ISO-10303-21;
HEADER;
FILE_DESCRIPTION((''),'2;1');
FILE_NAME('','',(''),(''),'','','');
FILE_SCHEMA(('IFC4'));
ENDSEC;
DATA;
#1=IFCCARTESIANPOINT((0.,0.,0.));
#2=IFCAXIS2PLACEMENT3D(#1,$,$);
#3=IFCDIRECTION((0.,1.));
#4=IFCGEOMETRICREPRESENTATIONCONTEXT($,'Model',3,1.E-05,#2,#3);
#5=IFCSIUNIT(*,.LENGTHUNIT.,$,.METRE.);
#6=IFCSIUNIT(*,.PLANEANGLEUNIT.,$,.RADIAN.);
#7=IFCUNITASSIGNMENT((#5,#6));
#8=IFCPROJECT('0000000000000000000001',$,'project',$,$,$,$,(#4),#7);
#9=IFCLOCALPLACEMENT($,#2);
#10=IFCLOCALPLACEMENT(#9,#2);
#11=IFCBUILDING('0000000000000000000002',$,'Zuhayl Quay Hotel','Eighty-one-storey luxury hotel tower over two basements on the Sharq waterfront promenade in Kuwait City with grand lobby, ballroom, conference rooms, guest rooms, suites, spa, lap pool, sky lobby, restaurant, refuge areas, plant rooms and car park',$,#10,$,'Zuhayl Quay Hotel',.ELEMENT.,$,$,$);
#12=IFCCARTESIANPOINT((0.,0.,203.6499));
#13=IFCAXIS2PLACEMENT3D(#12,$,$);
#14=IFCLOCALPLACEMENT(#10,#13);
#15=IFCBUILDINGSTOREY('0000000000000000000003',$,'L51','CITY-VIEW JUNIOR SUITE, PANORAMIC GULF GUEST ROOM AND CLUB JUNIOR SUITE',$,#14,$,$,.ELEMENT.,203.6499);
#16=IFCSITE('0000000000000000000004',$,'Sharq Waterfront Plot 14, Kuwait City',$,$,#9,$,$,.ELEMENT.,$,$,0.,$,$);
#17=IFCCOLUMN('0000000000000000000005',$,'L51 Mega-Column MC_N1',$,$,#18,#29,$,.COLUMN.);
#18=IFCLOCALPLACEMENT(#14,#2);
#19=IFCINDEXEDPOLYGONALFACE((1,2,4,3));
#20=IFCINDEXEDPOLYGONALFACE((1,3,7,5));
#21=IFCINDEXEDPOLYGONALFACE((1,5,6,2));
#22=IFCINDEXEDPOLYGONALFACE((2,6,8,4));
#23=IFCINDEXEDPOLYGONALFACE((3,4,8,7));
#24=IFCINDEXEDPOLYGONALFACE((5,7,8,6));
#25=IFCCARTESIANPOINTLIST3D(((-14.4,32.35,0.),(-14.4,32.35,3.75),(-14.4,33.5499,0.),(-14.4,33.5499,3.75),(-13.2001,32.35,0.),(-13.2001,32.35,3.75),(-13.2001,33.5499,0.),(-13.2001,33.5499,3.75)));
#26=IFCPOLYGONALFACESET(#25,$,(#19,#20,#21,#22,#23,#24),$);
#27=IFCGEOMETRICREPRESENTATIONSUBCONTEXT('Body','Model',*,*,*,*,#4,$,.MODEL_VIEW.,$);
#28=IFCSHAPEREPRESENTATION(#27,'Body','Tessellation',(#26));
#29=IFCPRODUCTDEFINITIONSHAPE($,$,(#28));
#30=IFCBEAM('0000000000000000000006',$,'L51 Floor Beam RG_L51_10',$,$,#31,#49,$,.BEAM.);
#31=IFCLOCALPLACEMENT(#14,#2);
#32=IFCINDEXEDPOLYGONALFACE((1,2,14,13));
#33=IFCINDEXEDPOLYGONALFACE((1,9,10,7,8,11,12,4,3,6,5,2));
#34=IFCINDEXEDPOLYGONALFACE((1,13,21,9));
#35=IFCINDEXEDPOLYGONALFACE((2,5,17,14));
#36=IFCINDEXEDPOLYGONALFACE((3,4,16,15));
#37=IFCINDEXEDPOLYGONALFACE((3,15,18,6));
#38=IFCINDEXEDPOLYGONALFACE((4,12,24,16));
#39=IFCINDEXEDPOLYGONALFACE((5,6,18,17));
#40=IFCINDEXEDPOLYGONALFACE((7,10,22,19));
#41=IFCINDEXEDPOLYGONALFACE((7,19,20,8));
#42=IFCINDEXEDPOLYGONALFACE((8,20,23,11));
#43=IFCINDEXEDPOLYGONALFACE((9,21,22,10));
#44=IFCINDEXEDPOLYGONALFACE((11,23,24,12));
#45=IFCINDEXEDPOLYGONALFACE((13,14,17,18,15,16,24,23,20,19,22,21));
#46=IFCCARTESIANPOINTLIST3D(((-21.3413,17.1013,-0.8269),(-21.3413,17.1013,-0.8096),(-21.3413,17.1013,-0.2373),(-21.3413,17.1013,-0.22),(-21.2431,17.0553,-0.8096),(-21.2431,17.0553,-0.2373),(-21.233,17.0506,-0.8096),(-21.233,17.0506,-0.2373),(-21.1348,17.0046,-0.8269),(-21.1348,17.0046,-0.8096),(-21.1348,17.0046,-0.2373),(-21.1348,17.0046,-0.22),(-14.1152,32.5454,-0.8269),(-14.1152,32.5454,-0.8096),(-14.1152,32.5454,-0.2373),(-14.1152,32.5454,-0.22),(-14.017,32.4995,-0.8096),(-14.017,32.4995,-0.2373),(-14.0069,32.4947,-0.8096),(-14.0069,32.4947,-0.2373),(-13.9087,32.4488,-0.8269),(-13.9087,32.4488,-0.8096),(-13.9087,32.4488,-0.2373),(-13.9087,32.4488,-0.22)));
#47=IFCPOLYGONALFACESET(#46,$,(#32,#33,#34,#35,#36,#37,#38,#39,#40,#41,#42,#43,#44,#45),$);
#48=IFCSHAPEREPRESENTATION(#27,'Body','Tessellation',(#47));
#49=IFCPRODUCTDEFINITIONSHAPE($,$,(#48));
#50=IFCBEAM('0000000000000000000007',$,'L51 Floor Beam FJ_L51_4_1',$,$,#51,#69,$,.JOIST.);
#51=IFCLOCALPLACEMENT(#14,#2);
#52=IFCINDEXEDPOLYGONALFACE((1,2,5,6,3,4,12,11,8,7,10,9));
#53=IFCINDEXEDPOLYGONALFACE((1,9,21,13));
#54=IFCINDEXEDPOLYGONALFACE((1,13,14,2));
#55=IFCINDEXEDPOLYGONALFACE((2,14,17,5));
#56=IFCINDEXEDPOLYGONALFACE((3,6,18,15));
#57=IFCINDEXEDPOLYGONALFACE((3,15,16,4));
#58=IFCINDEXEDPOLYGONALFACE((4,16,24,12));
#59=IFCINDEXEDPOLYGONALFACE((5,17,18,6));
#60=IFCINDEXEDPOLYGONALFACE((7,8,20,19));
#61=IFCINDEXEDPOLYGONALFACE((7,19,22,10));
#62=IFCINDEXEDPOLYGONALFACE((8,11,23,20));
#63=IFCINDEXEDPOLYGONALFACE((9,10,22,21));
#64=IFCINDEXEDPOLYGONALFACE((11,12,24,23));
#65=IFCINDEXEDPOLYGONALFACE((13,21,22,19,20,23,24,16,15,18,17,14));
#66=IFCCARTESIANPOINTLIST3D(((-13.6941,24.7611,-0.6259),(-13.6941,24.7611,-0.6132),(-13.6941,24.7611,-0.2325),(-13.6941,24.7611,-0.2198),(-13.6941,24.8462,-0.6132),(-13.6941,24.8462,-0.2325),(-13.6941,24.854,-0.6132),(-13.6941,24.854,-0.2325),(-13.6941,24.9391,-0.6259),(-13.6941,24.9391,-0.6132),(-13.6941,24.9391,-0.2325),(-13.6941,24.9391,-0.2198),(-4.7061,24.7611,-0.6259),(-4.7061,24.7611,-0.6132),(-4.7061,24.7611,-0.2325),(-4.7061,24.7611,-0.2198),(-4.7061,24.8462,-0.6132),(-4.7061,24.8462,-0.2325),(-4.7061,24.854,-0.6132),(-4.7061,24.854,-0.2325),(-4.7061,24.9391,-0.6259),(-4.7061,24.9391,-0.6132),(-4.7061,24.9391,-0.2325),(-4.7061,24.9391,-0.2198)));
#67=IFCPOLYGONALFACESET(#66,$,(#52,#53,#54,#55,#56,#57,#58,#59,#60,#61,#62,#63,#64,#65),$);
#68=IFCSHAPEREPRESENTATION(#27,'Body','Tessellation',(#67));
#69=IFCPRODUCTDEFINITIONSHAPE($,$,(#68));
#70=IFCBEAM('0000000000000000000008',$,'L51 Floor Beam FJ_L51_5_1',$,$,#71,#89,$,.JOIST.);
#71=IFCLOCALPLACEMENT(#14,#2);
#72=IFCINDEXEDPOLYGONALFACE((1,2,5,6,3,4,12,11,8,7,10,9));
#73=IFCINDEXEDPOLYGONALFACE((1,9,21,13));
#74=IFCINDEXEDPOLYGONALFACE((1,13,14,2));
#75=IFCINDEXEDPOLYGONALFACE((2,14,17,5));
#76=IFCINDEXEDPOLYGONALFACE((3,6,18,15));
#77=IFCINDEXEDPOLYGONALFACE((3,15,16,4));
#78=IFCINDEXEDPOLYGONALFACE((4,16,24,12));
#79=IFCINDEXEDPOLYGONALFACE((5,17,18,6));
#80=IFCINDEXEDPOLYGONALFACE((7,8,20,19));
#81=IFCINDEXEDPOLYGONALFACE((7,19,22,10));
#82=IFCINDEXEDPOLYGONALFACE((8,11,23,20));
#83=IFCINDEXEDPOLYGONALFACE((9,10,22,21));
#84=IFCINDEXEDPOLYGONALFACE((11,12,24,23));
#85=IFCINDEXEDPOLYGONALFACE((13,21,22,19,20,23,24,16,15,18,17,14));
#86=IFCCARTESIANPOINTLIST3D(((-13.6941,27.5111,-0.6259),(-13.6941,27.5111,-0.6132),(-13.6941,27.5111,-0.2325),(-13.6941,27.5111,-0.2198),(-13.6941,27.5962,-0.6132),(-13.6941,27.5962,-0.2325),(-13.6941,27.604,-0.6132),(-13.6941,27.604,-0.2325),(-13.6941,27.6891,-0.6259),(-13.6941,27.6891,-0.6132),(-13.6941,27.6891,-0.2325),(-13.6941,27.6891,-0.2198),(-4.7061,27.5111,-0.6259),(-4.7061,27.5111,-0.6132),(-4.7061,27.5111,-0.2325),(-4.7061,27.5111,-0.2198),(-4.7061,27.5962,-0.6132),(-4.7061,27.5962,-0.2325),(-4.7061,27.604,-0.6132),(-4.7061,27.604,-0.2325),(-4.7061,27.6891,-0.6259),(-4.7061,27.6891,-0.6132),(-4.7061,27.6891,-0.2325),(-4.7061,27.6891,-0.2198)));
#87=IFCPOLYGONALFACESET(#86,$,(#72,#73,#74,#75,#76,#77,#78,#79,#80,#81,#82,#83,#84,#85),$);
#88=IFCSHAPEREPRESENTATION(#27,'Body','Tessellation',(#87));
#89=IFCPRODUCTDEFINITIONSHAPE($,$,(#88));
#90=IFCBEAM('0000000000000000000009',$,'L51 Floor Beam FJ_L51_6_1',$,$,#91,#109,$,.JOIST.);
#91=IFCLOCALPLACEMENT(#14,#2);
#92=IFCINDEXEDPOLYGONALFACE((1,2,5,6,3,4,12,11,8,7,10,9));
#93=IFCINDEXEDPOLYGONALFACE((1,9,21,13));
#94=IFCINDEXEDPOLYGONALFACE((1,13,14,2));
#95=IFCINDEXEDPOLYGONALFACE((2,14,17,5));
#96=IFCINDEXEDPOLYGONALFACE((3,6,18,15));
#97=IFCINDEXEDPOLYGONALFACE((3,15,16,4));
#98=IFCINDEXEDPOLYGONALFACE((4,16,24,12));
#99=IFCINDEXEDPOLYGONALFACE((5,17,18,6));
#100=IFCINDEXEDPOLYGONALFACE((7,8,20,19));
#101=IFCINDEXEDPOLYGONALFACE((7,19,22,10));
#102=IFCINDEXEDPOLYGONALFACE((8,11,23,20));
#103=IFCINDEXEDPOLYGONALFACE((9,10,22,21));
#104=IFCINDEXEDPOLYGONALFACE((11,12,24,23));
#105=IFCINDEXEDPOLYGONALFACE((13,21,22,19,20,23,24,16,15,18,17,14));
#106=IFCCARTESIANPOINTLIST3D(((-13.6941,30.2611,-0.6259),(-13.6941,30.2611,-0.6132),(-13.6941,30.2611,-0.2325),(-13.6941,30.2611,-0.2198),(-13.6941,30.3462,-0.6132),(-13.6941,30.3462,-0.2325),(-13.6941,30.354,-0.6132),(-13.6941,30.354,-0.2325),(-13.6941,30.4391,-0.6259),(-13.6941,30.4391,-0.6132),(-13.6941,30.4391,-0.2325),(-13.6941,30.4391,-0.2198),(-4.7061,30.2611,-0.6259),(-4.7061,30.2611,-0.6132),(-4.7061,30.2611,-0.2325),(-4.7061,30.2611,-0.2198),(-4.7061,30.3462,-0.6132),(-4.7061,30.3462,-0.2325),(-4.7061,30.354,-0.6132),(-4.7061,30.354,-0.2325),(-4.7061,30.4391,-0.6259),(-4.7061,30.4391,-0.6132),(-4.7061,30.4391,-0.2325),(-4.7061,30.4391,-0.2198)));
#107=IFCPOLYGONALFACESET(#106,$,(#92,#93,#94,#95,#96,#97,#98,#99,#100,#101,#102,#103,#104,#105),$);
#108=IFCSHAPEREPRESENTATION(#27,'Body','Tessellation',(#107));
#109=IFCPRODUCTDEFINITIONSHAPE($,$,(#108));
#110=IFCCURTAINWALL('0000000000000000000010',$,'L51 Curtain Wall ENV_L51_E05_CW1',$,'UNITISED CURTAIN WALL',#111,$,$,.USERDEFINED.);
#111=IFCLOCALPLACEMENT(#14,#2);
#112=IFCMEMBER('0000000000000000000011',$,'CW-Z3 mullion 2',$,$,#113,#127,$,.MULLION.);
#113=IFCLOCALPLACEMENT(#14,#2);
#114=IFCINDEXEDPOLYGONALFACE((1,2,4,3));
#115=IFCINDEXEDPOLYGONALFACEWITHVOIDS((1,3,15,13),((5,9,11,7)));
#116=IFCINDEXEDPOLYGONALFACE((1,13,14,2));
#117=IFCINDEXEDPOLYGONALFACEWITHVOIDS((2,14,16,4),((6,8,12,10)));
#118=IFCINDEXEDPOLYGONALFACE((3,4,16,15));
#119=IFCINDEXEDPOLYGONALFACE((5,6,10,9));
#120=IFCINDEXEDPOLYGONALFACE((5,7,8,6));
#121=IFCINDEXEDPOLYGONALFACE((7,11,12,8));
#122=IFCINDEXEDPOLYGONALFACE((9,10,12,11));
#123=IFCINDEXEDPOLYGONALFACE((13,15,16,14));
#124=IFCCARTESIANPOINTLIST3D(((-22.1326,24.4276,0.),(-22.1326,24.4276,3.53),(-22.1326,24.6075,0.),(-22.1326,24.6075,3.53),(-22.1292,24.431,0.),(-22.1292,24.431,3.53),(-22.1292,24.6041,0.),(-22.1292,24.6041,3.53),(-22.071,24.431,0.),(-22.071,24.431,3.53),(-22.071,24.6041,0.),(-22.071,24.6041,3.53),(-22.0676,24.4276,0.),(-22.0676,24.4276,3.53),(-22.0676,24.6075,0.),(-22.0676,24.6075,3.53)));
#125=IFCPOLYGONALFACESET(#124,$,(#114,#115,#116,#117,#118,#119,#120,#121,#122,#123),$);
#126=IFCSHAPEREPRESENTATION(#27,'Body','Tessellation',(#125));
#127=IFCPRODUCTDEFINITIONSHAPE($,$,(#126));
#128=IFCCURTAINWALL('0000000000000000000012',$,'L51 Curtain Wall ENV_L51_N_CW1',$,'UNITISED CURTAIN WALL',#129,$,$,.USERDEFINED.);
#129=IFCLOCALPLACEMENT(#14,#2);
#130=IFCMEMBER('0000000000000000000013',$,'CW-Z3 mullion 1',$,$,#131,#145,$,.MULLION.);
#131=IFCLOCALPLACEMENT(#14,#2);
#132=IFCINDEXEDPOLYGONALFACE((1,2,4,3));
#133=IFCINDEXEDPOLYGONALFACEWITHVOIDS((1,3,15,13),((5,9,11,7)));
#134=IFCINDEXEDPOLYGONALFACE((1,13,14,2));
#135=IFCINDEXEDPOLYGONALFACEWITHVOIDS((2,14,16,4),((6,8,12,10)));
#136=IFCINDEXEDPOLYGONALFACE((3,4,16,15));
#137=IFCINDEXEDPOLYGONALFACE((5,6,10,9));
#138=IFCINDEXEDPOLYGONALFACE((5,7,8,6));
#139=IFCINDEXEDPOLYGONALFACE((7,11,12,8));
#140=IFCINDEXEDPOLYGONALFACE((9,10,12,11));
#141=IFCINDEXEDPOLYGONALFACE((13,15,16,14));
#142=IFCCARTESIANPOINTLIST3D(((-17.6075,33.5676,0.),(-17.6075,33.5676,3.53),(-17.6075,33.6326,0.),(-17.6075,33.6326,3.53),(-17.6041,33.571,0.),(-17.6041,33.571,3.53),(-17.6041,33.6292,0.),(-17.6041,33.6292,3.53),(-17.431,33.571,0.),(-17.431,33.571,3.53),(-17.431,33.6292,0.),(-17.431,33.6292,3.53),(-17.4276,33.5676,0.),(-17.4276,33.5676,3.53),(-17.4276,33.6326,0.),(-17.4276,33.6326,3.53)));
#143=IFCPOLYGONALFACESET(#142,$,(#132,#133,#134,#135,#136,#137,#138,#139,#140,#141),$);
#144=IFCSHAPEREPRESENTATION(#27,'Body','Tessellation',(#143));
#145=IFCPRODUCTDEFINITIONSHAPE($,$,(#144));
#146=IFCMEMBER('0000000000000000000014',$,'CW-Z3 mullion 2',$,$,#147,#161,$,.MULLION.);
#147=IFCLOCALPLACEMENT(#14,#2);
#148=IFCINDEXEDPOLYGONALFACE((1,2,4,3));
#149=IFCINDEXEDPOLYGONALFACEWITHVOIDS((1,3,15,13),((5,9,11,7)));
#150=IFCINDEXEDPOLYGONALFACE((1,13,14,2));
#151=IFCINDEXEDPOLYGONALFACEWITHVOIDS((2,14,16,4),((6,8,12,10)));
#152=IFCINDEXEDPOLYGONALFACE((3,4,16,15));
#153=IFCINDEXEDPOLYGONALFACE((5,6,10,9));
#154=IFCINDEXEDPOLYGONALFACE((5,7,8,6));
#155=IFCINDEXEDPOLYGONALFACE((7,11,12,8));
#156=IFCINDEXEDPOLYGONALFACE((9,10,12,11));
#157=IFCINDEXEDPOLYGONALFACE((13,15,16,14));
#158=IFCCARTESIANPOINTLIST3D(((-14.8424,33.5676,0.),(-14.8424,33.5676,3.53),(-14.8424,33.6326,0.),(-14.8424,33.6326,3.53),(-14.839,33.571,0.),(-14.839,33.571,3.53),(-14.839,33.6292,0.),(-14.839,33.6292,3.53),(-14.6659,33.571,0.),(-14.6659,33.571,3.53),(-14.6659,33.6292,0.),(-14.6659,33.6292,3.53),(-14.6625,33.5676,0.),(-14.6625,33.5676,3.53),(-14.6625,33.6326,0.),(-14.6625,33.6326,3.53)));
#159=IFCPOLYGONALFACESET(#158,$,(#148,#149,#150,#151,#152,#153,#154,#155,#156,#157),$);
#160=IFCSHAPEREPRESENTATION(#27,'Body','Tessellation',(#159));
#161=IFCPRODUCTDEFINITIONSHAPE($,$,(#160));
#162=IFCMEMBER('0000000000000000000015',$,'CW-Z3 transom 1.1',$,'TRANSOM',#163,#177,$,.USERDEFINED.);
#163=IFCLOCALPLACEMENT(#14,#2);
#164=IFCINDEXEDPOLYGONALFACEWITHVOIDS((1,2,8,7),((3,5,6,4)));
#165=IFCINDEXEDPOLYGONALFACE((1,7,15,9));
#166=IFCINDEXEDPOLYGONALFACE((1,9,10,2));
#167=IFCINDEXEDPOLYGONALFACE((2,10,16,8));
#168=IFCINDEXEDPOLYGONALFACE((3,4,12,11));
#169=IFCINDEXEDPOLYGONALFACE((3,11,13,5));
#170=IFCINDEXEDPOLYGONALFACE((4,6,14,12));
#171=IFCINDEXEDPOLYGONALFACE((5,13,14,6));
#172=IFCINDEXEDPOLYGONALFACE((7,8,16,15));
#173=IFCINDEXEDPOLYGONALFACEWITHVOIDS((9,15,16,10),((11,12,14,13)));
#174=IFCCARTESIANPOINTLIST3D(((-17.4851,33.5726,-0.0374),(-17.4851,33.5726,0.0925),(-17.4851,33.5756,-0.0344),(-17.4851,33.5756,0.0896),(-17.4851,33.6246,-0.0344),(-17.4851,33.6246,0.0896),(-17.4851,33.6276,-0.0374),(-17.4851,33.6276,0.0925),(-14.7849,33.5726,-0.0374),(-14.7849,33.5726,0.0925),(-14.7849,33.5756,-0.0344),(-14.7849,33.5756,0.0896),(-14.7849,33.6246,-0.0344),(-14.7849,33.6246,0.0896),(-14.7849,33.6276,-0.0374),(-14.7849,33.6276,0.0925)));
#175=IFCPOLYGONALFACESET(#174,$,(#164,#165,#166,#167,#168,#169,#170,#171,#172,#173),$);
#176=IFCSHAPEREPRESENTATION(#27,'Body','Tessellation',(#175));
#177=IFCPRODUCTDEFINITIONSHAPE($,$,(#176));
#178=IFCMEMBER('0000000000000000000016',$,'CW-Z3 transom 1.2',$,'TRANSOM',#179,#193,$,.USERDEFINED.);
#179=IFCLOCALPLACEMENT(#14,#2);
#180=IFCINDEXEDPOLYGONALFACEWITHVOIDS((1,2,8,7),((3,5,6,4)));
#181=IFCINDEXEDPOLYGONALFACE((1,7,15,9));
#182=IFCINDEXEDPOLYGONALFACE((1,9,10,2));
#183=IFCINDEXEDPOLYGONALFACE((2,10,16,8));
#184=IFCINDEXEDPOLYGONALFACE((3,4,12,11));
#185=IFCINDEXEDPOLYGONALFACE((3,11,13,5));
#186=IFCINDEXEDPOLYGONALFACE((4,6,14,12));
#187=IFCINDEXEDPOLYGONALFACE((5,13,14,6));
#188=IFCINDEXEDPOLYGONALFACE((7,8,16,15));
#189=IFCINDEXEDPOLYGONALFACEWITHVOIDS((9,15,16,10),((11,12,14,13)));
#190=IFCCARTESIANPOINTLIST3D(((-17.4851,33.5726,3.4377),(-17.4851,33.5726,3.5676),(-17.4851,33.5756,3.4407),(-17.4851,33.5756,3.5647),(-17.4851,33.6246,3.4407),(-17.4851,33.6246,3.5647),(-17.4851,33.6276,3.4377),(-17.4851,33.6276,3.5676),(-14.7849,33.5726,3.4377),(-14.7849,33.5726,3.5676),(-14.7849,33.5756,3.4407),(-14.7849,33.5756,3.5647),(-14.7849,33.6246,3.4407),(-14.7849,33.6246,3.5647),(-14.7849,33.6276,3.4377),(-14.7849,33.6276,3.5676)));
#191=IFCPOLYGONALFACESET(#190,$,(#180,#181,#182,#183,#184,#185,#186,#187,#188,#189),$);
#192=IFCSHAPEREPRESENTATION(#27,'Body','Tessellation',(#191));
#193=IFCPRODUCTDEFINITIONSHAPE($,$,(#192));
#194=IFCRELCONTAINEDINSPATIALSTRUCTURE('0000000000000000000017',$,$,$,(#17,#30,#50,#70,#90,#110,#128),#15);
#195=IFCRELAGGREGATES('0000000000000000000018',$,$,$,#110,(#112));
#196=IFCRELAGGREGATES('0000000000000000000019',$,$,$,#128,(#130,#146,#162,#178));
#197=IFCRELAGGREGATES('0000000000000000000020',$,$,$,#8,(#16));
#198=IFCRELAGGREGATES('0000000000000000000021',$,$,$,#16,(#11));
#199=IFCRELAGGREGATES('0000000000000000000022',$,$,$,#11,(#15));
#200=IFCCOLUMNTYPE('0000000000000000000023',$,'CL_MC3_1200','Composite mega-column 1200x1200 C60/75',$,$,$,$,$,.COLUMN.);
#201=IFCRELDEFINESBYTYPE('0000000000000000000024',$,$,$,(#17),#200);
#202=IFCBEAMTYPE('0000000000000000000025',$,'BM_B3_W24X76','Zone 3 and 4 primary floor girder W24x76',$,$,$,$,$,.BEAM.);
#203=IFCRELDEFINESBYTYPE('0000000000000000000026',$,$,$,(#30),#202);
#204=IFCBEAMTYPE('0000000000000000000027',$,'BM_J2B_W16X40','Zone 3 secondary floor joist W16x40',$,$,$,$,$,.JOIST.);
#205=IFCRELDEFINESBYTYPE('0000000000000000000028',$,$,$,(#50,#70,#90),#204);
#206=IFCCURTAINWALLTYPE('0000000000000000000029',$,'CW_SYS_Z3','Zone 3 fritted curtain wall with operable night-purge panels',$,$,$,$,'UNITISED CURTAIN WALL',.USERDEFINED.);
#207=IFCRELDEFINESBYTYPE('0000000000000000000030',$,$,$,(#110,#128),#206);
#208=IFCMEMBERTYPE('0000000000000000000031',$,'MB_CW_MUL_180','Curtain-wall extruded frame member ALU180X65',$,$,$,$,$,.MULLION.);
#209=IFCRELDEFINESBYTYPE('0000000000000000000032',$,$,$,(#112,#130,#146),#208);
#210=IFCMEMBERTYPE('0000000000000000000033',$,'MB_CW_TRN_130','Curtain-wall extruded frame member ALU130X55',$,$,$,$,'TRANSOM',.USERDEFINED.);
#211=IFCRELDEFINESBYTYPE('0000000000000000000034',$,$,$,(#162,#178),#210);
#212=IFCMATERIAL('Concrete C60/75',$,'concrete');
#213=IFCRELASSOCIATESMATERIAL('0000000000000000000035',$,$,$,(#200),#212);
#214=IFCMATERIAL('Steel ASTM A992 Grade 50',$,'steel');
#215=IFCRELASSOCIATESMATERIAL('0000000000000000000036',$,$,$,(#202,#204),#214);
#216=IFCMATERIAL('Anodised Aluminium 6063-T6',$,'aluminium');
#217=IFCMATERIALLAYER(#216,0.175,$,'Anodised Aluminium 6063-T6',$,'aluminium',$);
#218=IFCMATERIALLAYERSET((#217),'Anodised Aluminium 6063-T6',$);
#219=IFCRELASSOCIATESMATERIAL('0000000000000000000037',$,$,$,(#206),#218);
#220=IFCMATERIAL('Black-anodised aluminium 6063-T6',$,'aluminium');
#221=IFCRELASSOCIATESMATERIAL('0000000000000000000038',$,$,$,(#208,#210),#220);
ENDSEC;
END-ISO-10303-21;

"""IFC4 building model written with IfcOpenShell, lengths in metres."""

from ifc_helpers import new_model, si_unit, direction, frame, origin, origin_2d, place, context, subcontext, project, spatial, rectangle, hollow_rectangle, i_section, extrude, material, layer, layer_set, material_profile, profile_set, type_object, element, aggregate, save


model = new_model("IFC4")

# Units and contexts
model_context = context("Model", 3, precision=1e-05, world=origin(), true_north=direction((0.0, 1.0)))
body_context = subcontext(model_context, "Body", "Model", "MODEL_VIEW")
ifc_project = project(units=[si_unit("LENGTHUNIT", "METRE"), si_unit("PLANEANGLEUNIT", "RADIAN")], contexts=[model_context])

# Site, building, storey
site_placement = place(None, origin())
site = spatial("IfcSite", under=ifc_project, at=site_placement, Name="Sharq Waterfront Plot 14, Kuwait City", CompositionType="ELEMENT", RefElevation=0.0)
building_placement = place(site_placement, origin())
building = spatial("IfcBuilding", under=site, at=building_placement, Name="Zuhayl Quay Hotel", Description="Eighty-one-storey luxury hotel tower over two basements on the Sharq waterfront promenade in Kuwait City with grand lobby, ballroom, conference rooms, guest rooms, suites, spa, lap pool, sky lobby, restaurant, refuge areas, plant rooms and car park", LongName="Zuhayl Quay Hotel", CompositionType="ELEMENT")
storey_placement = place(building_placement, frame((0.0, 0.0, 203.6499)))
storey = spatial("IfcBuildingStorey", under=building, at=storey_placement, Name="L51", Description="CITY-VIEW JUNIOR SUITE, PANORAMIC GULF GUEST ROOM AND CLUB JUNIOR SUITE", CompositionType="ELEMENT", Elevation=203.6499)

# Column
ifc_material_1 = material(Name="Concrete C60/75", Category="concrete")
ifc_material_profile_1 = material_profile(ifc_material_1, rectangle(XDim=1.2, YDim=1.2, at=origin_2d()), Name="RC1200X1200")
ifc_profile_set_1 = profile_set([ifc_material_profile_1], Name="Concrete C60/75")
column_type = type_object("IfcColumnType", Name="CL_MC3_1200", Description="Composite mega-column 1200x1200 C60/75", PredefinedType="COLUMN", material=ifc_profile_set_1)
column_placement = place(storey_placement, frame((-13.8, 32.95, 0.0), z_axis=(0.0, 0.0, 1.0), x_axis=(1.0, 0.0, 0.0)))
element("IfcColumn", 1, at=column_placement, inside=storey, type_object=column_type, Name="L51 Mega-Column MC_N1", PredefinedType="COLUMN", context=body_context, shape_type="SweptSolid", body=[
    extrude(rectangle(XDim=1.2, YDim=1.2, at=origin_2d()), origin(), (0.0, 0.0, 1.0), 3.75),
])

# Beams
ifc_material_2 = material(Name="Steel ASTM A992 Grade 50", Category="steel")
ifc_material_profile_2 = material_profile(ifc_material_2, i_section(OverallWidth=0.228, OverallDepth=0.6069, WebThickness=0.0112, FlangeThickness=0.0173, at=origin_2d()), Name="W24X76")
ifc_profile_set_2 = profile_set([ifc_material_profile_2], Name="Steel ASTM A992 Grade 50")
beam_type_1 = type_object("IfcBeamType", Name="BM_B3_W24X76", Description="Zone 3 and 4 primary floor girder W24x76", PredefinedType="BEAM", material=ifc_profile_set_2)
beam_placement = place(storey_placement, frame((-14.012, 32.4971, -0.5234), z_axis=(-0.423792, -0.905759, 0.0), x_axis=(0.905759, -0.423792, 0.0)))
element("IfcBeam", 2, at=beam_placement, inside=storey, type_object=beam_type_1, Name="L51 Floor Beam RG_L51_10", PredefinedType="BEAM", context=body_context, shape_type="SweptSolid", body=[
    extrude(i_section(OverallWidth=0.228, OverallDepth=0.6069, WebThickness=0.0112, FlangeThickness=0.0173, at=origin_2d()), origin(), (0.0, 0.0, 1.0), 17.051),
])
ifc_material_profile_3 = material_profile(ifc_material_2, i_section(OverallWidth=0.178, OverallDepth=0.406, WebThickness=0.0078, FlangeThickness=0.0127, at=origin_2d()), Name="W16X40")
ifc_profile_set_3 = profile_set([ifc_material_profile_3], Name="Steel ASTM A992 Grade 50")
beam_type_2 = type_object("IfcBeamType", Name="BM_J2B_W16X40", Description="Zone 3 secondary floor joist W16x40", PredefinedType="JOIST", material=ifc_profile_set_3)
for number, where, z_axis, x_axis, name in (
    (3, (-13.6941, 24.8501, -0.4229), (1.0, 0.0, 0.0), (0.0, 1.0, 0.0), "L51 Floor Beam FJ_L51_4_1"),
    (4, (-13.6941, 27.6001, -0.4229), (1.0, 0.0, 0.0), (0.0, 1.0, 0.0), "L51 Floor Beam FJ_L51_5_1"),
    (5, (-13.6941, 30.3501, -0.4229), (1.0, 0.0, 0.0), (0.0, 1.0, 0.0), "L51 Floor Beam FJ_L51_6_1"),
):
    element("IfcBeam", number, at=place(storey_placement, frame(where, z_axis=z_axis, x_axis=x_axis)), inside=storey, type_object=beam_type_2, Name=name, PredefinedType="JOIST", context=body_context, shape_type="SweptSolid", body=[
        extrude(i_section(OverallWidth=0.178, OverallDepth=0.406, WebThickness=0.0078, FlangeThickness=0.0127, at=origin_2d()), origin(), (0.0, 0.0, 1.0), 8.988),
    ])

# Curtain wall, member
ifc_material_3 = material(Name="Anodised Aluminium 6063-T6", Category="aluminium")
ifc_layer_1 = layer(ifc_material_3, 0.175, Name="Anodised Aluminium 6063-T6", Category="aluminium")
ifc_layer_set_1 = layer_set([ifc_layer_1], Name="Anodised Aluminium 6063-T6")
curtain_wall_type = type_object("IfcCurtainWallType", Name="CW_SYS_Z3", Description="Zone 3 fritted curtain wall with operable night-purge panels", ElementType="UNITISED CURTAIN WALL", PredefinedType="USERDEFINED", material=ifc_layer_set_1)
curtain_wall_1_placement = place(storey_placement, origin())
curtain_wall_1 = element("IfcCurtainWall", 6, at=curtain_wall_1_placement, inside=storey, type_object=curtain_wall_type, Name="L51 Curtain Wall ENV_L51_E05_CW1", ObjectType="UNITISED CURTAIN WALL", PredefinedType="USERDEFINED")
ifc_material_4 = material(Name="Black-anodised aluminium 6063-T6", Category="aluminium")
ifc_material_profile_4 = material_profile(ifc_material_4, hollow_rectangle(XDim=0.0649, YDim=0.1799, WallThickness=0.0034, at=origin_2d()), Name="ALU180X65")
ifc_profile_set_4 = profile_set([ifc_material_profile_4], Name="Black-anodised aluminium 6063-T6")
member_type_1 = type_object("IfcMemberType", Name="MB_CW_MUL_180", Description="Curtain-wall extruded frame member ALU180X65", PredefinedType="MULLION", material=ifc_profile_set_4)
member_1_placement = place(storey_placement, frame((-22.1001, 24.5176, 0.0), z_axis=(0.0, 0.0, 1.0), x_axis=(-1.0, 0.0, 0.0)))
member_1 = element("IfcMember", 7, at=member_1_placement, type_object=member_type_1, Name="CW-Z3 mullion 2", PredefinedType="MULLION", context=body_context, shape_type="SweptSolid", body=[
    extrude(hollow_rectangle(XDim=0.0649, YDim=0.1799, WallThickness=0.0034, at=origin_2d()), origin(), (0.0, 0.0, 1.0), 3.53),
])
aggregate(curtain_wall_1, [member_1])

# Curtain wall, members
curtain_wall_2_placement = place(storey_placement, origin())
curtain_wall_2 = element("IfcCurtainWall", 8, at=curtain_wall_2_placement, inside=storey, type_object=curtain_wall_type, Name="L51 Curtain Wall ENV_L51_N_CW1", ObjectType="UNITISED CURTAIN WALL", PredefinedType="USERDEFINED")
member_2_placement = place(storey_placement, frame((-17.5176, 33.6001, 0.0), z_axis=(0.0, 0.0, 1.0), x_axis=(0.0, 1.0, 0.0)))
member_2 = element("IfcMember", 9, at=member_2_placement, type_object=member_type_1, Name="CW-Z3 mullion 1", PredefinedType="MULLION", context=body_context, shape_type="SweptSolid", body=[
    extrude(hollow_rectangle(XDim=0.0649, YDim=0.1799, WallThickness=0.0034, at=origin_2d()), origin(), (0.0, 0.0, 1.0), 3.53),
])
member_3_placement = place(storey_placement, frame((-14.7524, 33.6001, 0.0), z_axis=(0.0, 0.0, 1.0), x_axis=(0.0, 1.0, 0.0)))
member_3 = element("IfcMember", 10, at=member_3_placement, type_object=member_type_1, Name="CW-Z3 mullion 2", PredefinedType="MULLION", context=body_context, shape_type="SweptSolid", body=[
    extrude(hollow_rectangle(XDim=0.0649, YDim=0.1799, WallThickness=0.0034, at=origin_2d()), origin(), (0.0, 0.0, 1.0), 3.53),
])
ifc_material_profile_5 = material_profile(ifc_material_4, hollow_rectangle(XDim=0.0549, YDim=0.1299, WallThickness=0.0029, at=origin_2d()), Name="ALU130X55")
ifc_profile_set_5 = profile_set([ifc_material_profile_5], Name="Black-anodised aluminium 6063-T6")
member_type_2 = type_object("IfcMemberType", Name="MB_CW_TRN_130", Description="Curtain-wall extruded frame member ALU130X55", ElementType="TRANSOM", PredefinedType="USERDEFINED", material=ifc_profile_set_5)
member_4_placement = place(storey_placement, frame((-17.4851, 33.6001, 0.0276), z_axis=(1.0, 0.0, 0.0), x_axis=(0.0, 1.0, 0.0)))
member_4 = element("IfcMember", 11, at=member_4_placement, type_object=member_type_2, Name="CW-Z3 transom 1.1", ObjectType="TRANSOM", PredefinedType="USERDEFINED", context=body_context, shape_type="SweptSolid", body=[
    extrude(hollow_rectangle(XDim=0.0549, YDim=0.1299, WallThickness=0.0029, at=origin_2d()), origin(), (0.0, 0.0, 1.0), 2.7002),
])
member_5_placement = place(storey_placement, frame((-17.4851, 33.6001, 3.5027), z_axis=(1.0, 0.0, 0.0), x_axis=(0.0, 1.0, 0.0)))
member_5 = element("IfcMember", 12, at=member_5_placement, type_object=member_type_2, Name="CW-Z3 transom 1.2", ObjectType="TRANSOM", PredefinedType="USERDEFINED", context=body_context, shape_type="SweptSolid", body=[
    extrude(hollow_rectangle(XDim=0.0549, YDim=0.1299, WallThickness=0.0029, at=origin_2d()), origin(), (0.0, 0.0, 1.0), 2.7002),
])
aggregate(curtain_wall_2, [member_2, member_3, member_4, member_5])

save(model, "model.ifc")
